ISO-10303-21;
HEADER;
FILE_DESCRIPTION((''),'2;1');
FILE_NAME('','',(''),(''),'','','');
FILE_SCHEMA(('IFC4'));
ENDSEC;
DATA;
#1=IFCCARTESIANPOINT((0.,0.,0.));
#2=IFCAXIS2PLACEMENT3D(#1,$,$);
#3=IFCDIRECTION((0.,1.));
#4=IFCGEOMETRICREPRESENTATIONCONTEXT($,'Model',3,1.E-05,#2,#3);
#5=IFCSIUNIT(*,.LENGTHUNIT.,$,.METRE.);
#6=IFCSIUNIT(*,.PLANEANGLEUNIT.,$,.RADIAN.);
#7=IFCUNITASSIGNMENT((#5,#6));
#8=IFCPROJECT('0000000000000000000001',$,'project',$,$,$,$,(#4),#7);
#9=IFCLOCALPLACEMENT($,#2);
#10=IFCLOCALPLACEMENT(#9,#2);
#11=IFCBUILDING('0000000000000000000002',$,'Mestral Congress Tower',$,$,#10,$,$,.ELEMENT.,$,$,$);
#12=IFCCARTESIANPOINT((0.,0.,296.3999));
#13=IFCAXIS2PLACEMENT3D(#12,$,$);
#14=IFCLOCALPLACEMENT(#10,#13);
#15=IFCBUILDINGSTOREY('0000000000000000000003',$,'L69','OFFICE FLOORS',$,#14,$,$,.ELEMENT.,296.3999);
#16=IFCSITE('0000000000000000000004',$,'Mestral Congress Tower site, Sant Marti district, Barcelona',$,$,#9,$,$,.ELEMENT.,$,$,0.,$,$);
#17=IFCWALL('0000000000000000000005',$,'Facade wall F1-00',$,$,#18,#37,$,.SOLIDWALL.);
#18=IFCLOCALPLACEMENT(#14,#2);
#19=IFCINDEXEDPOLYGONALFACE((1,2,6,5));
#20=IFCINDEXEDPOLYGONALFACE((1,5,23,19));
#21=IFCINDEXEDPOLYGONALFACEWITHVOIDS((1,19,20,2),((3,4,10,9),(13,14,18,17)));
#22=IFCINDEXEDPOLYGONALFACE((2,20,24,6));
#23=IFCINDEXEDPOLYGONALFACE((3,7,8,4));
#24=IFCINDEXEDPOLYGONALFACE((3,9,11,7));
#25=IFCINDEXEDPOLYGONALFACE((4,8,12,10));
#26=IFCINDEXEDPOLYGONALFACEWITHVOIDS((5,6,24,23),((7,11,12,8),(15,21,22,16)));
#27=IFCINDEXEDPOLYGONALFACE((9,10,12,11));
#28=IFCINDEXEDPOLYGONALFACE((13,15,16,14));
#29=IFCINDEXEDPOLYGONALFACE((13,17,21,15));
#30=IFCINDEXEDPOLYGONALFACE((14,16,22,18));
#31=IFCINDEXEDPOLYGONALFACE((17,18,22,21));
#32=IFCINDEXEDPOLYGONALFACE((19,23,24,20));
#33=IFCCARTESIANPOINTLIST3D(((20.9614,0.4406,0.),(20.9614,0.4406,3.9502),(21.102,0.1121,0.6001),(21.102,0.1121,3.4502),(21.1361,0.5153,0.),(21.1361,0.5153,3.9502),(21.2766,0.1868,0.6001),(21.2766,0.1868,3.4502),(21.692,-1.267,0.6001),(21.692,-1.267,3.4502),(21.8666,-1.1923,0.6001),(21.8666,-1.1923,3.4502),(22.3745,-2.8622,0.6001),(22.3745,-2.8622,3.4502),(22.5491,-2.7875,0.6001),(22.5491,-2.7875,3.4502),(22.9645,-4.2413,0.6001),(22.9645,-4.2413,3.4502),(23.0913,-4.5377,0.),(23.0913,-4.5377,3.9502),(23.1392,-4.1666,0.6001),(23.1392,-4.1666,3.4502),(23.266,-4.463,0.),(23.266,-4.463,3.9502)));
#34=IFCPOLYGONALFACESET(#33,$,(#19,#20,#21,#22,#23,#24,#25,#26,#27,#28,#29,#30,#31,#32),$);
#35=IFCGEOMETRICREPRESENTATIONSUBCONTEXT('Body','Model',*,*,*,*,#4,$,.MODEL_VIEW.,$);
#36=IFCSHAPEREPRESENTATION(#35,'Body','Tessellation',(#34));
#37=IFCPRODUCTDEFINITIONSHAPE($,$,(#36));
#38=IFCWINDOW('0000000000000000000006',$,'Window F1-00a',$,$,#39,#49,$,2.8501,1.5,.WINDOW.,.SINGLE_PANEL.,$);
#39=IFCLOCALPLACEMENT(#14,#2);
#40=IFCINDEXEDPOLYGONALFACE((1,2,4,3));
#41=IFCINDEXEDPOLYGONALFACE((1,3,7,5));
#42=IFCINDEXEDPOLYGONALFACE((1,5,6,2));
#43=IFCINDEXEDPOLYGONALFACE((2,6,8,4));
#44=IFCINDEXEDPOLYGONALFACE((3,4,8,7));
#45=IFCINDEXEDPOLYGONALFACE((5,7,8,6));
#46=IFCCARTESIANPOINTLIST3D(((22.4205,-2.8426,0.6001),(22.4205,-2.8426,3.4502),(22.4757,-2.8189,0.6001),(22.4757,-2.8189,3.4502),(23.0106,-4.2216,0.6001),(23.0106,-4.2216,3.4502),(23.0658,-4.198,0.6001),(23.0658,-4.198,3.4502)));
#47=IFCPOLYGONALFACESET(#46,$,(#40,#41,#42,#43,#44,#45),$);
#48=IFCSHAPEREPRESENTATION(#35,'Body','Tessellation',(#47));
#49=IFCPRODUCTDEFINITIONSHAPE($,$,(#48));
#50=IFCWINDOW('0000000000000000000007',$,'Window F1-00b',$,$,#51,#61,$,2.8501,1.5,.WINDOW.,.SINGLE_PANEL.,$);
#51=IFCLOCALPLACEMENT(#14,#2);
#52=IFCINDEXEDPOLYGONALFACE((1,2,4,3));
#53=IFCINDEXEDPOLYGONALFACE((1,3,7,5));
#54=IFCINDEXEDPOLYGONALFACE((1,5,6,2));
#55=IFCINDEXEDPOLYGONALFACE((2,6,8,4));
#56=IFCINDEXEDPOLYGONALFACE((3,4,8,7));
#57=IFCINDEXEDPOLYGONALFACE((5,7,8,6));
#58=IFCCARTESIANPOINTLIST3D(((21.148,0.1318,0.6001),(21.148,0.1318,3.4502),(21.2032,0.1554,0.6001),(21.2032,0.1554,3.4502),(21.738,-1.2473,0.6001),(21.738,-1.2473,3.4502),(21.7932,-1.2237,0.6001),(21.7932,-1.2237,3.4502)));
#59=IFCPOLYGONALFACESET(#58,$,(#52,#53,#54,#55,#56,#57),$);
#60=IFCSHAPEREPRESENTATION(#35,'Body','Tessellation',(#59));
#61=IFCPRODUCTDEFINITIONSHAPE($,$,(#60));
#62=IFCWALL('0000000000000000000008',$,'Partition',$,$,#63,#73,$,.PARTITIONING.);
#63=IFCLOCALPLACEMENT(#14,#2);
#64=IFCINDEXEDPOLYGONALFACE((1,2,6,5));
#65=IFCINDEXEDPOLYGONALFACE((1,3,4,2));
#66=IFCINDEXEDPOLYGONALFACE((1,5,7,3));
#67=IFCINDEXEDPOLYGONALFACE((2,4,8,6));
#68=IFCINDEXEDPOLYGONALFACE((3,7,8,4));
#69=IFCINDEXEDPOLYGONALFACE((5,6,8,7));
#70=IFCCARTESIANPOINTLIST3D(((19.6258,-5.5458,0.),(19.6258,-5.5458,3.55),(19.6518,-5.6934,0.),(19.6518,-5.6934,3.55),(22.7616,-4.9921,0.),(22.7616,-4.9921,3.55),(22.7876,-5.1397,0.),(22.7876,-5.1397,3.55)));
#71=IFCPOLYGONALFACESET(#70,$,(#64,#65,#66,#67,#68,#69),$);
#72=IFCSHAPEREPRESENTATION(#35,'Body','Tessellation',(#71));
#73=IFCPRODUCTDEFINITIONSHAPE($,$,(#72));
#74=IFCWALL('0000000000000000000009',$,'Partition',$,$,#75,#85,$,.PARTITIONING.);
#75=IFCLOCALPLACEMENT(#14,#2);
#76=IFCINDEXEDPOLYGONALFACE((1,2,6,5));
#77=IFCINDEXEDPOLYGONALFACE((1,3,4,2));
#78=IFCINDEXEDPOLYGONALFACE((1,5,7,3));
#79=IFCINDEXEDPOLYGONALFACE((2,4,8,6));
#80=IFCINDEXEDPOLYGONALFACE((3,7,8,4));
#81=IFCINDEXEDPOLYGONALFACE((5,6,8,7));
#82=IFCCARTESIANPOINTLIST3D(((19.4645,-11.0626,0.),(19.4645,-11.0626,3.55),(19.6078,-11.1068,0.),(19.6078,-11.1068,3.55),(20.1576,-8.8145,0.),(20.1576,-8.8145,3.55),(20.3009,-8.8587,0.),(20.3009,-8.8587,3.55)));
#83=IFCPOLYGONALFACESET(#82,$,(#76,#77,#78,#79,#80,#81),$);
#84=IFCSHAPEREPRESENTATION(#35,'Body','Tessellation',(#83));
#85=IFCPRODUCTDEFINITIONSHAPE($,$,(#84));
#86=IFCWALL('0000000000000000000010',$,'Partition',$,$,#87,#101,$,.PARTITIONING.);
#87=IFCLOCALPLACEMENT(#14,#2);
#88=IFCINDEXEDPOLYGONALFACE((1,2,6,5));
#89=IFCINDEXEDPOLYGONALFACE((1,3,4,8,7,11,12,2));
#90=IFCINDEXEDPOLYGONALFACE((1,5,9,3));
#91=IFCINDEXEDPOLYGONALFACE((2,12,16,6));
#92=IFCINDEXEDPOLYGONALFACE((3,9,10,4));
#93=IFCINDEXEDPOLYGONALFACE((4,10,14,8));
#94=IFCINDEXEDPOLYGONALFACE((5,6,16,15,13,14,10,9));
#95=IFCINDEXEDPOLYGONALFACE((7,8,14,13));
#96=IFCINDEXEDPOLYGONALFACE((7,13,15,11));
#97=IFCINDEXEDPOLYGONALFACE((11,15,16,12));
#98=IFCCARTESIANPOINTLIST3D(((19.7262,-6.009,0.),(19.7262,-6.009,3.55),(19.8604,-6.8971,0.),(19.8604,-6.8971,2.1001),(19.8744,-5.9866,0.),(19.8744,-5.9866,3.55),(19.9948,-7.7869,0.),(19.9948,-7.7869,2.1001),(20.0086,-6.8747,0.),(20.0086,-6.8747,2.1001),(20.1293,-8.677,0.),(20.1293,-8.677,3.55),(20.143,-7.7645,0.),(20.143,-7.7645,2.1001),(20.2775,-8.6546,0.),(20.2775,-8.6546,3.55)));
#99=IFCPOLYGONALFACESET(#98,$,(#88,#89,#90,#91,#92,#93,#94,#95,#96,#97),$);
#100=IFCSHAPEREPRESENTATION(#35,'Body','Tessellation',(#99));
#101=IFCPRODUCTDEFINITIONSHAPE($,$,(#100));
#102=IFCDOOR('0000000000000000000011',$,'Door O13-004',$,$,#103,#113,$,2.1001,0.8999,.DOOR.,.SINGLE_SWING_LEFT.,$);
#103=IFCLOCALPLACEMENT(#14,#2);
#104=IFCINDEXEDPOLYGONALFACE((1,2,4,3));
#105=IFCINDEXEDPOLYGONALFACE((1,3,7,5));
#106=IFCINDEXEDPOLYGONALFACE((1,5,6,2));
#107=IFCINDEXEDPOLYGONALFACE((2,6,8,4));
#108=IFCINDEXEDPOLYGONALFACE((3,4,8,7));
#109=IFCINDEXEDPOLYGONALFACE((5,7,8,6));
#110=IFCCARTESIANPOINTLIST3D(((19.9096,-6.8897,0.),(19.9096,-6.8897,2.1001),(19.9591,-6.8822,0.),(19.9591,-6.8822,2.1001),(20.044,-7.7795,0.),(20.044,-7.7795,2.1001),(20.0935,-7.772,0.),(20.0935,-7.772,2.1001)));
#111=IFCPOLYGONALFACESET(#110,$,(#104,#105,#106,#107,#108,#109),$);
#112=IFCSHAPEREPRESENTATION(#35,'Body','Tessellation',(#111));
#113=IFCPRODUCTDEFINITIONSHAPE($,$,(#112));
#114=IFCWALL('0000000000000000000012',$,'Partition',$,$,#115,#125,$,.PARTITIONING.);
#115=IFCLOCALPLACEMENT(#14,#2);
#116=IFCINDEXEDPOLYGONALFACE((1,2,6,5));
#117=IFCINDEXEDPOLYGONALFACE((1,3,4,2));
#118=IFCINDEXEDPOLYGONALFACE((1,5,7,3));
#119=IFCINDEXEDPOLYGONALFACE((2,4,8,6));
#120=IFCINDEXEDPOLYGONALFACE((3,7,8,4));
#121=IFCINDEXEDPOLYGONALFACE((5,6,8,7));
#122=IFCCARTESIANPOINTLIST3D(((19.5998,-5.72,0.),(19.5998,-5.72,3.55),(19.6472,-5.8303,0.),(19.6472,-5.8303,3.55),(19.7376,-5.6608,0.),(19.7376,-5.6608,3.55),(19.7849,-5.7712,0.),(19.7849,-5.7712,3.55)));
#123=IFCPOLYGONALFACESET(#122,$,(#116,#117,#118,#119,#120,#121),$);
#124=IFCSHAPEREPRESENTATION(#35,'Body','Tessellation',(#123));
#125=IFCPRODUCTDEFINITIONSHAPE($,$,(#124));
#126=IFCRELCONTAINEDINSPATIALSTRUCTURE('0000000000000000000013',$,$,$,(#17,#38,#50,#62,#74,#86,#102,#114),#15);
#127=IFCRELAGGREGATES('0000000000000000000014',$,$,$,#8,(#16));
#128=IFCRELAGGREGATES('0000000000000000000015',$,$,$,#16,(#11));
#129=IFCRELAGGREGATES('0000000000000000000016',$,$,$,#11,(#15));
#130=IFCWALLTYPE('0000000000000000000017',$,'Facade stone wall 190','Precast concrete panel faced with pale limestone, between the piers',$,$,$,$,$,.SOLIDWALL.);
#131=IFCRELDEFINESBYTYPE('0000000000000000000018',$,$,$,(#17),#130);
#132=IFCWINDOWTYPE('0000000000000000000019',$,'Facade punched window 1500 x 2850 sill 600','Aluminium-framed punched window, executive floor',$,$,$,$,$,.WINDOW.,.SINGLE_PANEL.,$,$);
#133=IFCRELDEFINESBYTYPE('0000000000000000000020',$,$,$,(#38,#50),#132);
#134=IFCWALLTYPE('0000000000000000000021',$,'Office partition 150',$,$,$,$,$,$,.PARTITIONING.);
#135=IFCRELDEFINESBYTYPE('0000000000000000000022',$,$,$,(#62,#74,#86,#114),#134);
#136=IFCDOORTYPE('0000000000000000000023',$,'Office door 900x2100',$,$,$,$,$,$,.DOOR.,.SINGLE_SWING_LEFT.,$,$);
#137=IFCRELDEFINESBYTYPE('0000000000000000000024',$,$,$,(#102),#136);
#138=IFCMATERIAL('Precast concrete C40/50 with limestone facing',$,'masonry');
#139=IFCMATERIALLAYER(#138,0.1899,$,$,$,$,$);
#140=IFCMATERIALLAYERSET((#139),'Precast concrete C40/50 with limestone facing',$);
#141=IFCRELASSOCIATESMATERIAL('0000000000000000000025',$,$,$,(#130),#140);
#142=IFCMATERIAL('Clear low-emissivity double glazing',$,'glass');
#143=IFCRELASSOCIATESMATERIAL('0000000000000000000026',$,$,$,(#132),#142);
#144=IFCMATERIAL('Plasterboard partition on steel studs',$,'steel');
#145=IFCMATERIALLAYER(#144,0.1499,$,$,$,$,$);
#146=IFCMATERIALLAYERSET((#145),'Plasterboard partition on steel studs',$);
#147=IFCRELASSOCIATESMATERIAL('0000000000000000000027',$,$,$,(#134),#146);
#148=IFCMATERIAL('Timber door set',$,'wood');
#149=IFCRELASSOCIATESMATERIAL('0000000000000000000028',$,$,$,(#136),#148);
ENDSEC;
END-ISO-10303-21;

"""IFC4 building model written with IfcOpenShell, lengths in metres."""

from ifc_helpers import new_model, si_unit, direction, frame, frame_2d, origin, place, context, subcontext, project, spatial, rectangle, extrude, material, layer, layer_set, type_object, element, fill, save


model = new_model("IFC4")

# Units and contexts
model_context = context("Model", 3, precision=1e-05, world=origin(), true_north=direction((0.0, 1.0)))
body_context = subcontext(model_context, "Body", "Model", "MODEL_VIEW")
ifc_project = project(units=[si_unit("LENGTHUNIT", "METRE"), si_unit("PLANEANGLEUNIT", "RADIAN")], contexts=[model_context])

# Site, building, storey
site_placement = place(None, origin())
site = spatial("IfcSite", under=ifc_project, at=site_placement, Name="Mestral Congress Tower site, Sant Marti district, Barcelona", CompositionType="ELEMENT", RefElevation=0.0)
building_placement = place(site_placement, origin())
building = spatial("IfcBuilding", under=site, at=building_placement, Name="Mestral Congress Tower", CompositionType="ELEMENT")
storey_placement = place(building_placement, frame((0.0, 0.0, 296.3999)))
storey = spatial("IfcBuildingStorey", under=building, at=storey_placement, Name="L69", Description="OFFICE FLOORS", CompositionType="ELEMENT", Elevation=296.3999)

# Shared definitions
ifc_material_1 = material(Name="Precast concrete C40/50 with limestone facing", Category="masonry")
ifc_layer_1 = layer(ifc_material_1, 0.1899)
ifc_layer_set_1 = layer_set([ifc_layer_1], Name="Precast concrete C40/50 with limestone facing")
wall_type_1 = type_object("IfcWallType", Name="Facade stone wall 190", Description="Precast concrete panel faced with pale limestone, between the piers", PredefinedType="SOLIDWALL", material=ifc_layer_set_1)
ifc_material_2 = material(Name="Clear low-emissivity double glazing", Category="glass")

# Wall, openings, windows
wall_1_placement = place(storey_placement, frame((23.1787, -4.5005, 0.0), z_axis=(0.0, 0.0, 1.0), x_axis=(-0.393348, 0.91939, 0.0)))
wall_1 = element("IfcWall", 1, at=wall_1_placement, inside=storey, type_object=wall_type_1, Name="Facade wall F1-00", PredefinedType="SOLIDWALL", context=body_context, shape_type="SweptSolid", body=[
    extrude(rectangle(XDim=5.4148, YDim=0.1899, at=frame_2d((2.7075, 0.0))), origin(), (0.0, 0.0, 1.0), 3.9502),
])
opening_1_placement = place(wall_1_placement, frame((0.3225, 0.0, 0.6001)))
opening_1 = element("IfcOpeningElement", 2, at=opening_1_placement, cuts=wall_1, PredefinedType="OPENING", context=body_context, shape_type="SweptSolid", body=[
    extrude(rectangle(XDim=1.5, YDim=2.8501, at=frame_2d((0.75, 1.425))), frame((0.0, 0.105, 0.0), z_axis=(0.0, -1.0, 0.0), x_axis=(1.0, 0.0, 0.0)), (0.0, 0.0, 1.0), 0.21),
])
opening_2_placement = place(wall_1_placement, frame((3.5576, 0.0, 0.6001)))
opening_2 = element("IfcOpeningElement", 3, at=opening_2_placement, cuts=wall_1, PredefinedType="OPENING", context=body_context, shape_type="SweptSolid", body=[
    extrude(rectangle(XDim=1.5, YDim=2.8501, at=frame_2d((0.75, 1.425))), frame((0.0, 0.105, 0.0), z_axis=(0.0, -1.0, 0.0), x_axis=(1.0, 0.0, 0.0)), (0.0, 0.0, 1.0), 0.21),
])
window_type_1 = type_object("IfcWindowType", Name="Facade punched window 1500 x 2850 sill 600", Description="Aluminium-framed punched window, executive floor", PartitioningType="SINGLE_PANEL", PredefinedType="WINDOW", material=ifc_material_2)
window_1_placement = place(opening_1_placement, origin())
window_1 = element("IfcWindow", 4, at=window_1_placement, inside=storey, type_object=window_type_1, Name="Window F1-00a", OverallHeight=2.8501, OverallWidth=1.5, PartitioningType="SINGLE_PANEL", PredefinedType="WINDOW", context=body_context, shape_type="SweptSolid", body=[
    extrude(rectangle(XDim=1.5, YDim=2.8501, at=frame_2d((0.75, 1.425))), frame((0.0, 0.0449, 0.0), z_axis=(0.0, -1.0, 0.0), x_axis=(1.0, 0.0, 0.0)), (0.0, 0.0, 1.0), 0.0601),
])
fill(opening_1, window_1)
window_2_placement = place(opening_2_placement, origin())
window_2 = element("IfcWindow", 5, at=window_2_placement, inside=storey, type_object=window_type_1, Name="Window F1-00b", OverallHeight=2.8501, OverallWidth=1.5, PartitioningType="SINGLE_PANEL", PredefinedType="WINDOW", context=body_context, shape_type="SweptSolid", body=[
    extrude(rectangle(XDim=1.5, YDim=2.8501, at=frame_2d((0.75, 1.425))), frame((0.0, 0.0449, 0.0), z_axis=(0.0, -1.0, 0.0), x_axis=(1.0, 0.0, 0.0)), (0.0, 0.0, 1.0), 0.0601),
])
fill(opening_2, window_2)

# Walls
ifc_material_3 = material(Name="Plasterboard partition on steel studs", Category="steel")
ifc_layer_2 = layer(ifc_material_3, 0.1499)
ifc_layer_set_2 = layer_set([ifc_layer_2], Name="Plasterboard partition on steel studs")
wall_type_2 = type_object("IfcWallType", Name="Office partition 150", PredefinedType="PARTITIONING", material=ifc_layer_set_2)
wall_2_placement = place(storey_placement, frame((19.6387, -5.6196, 0.0), z_axis=(0.0, 0.0, 1.0), x_axis=(0.984765, 0.17389, 0.0)))
element("IfcWall", 6, at=wall_2_placement, inside=storey, type_object=wall_type_2, Name="Partition", PredefinedType="PARTITIONING", context=body_context, shape_type="SweptSolid", body=[
    extrude(rectangle(XDim=3.1843, YDim=0.1499, at=frame_2d((1.5923, 0.0))), origin(), (0.0, 0.0, 1.0), 3.55),
])
wall_3_placement = place(storey_placement, frame((19.5361, -11.0847, 0.0), z_axis=(0.0, 0.0, 1.0), x_axis=(0.294633, 0.955611, 0.0)))
element("IfcWall", 7, at=wall_3_placement, inside=storey, type_object=wall_type_2, Name="Partition", PredefinedType="PARTITIONING", context=body_context, shape_type="SweptSolid", body=[
    extrude(rectangle(XDim=2.3525, YDim=0.1499, at=frame_2d((1.1763, 0.0))), origin(), (0.0, 0.0, 1.0), 3.55),
])

# Wall, opening, door
wall_4_placement = place(storey_placement, frame((19.8003, -5.9978, 0.0), z_axis=(0.0, 0.0, 1.0), x_axis=(0.149385, -0.988779, 0.0)))
wall_4 = element("IfcWall", 8, at=wall_4_placement, inside=storey, type_object=wall_type_2, Name="Partition", PredefinedType="PARTITIONING", context=body_context, shape_type="SweptSolid", body=[
    extrude(rectangle(XDim=2.6982, YDim=0.1499, at=frame_2d((1.3491, 0.0))), origin(), (0.0, 0.0, 1.0), 3.55),
])
opening_3_placement = place(wall_4_placement, frame((0.8982, 0.0, 0.0)))
opening_3 = element("IfcOpeningElement", 9, at=opening_3_placement, cuts=wall_4, PredefinedType="OPENING", context=body_context, shape_type="SweptSolid", body=[
    extrude(rectangle(XDim=0.8999, YDim=2.1001, at=frame_2d((0.45, 1.05))), frame((0.0, 0.085, 0.0), z_axis=(0.0, -1.0, 0.0), x_axis=(1.0, 0.0, 0.0)), (0.0, 0.0, 1.0), 0.1699),
])
ifc_material_4 = material(Name="Timber door set", Category="wood")
door_type = type_object("IfcDoorType", Name="Office door 900x2100", OperationType="SINGLE_SWING_LEFT", PredefinedType="DOOR", material=ifc_material_4)
door_placement = place(opening_3_placement, origin())
door = element("IfcDoor", 10, at=door_placement, inside=storey, type_object=door_type, Name="Door O13-004", OperationType="SINGLE_SWING_LEFT", OverallHeight=2.1001, OverallWidth=0.8999, PredefinedType="DOOR", context=body_context, shape_type="SweptSolid", body=[
    extrude(rectangle(XDim=0.8999, YDim=2.1001, at=frame_2d((0.45, 1.05))), frame((0.0, 0.0249, 0.0), z_axis=(0.0, -1.0, 0.0), x_axis=(1.0, 0.0, 0.0)), (0.0, 0.0, 1.0), 0.05),
])
fill(opening_3, door)

# Wall
wall_5_placement = place(storey_placement, frame((19.7161, -5.8008, 0.0), z_axis=(0.0, 0.0, 1.0), x_axis=(-0.39441, 0.918935, 0.0)))
element("IfcWall", 11, at=wall_5_placement, inside=storey, type_object=wall_type_2, Name="Partition", PredefinedType="PARTITIONING", context=body_context, shape_type="SweptSolid", body=[
    extrude(rectangle(XDim=0.1201, YDim=0.1499, at=frame_2d((0.0601, 0.0))), origin(), (0.0, 0.0, 1.0), 3.55),
])

save(model, "model.ifc")
